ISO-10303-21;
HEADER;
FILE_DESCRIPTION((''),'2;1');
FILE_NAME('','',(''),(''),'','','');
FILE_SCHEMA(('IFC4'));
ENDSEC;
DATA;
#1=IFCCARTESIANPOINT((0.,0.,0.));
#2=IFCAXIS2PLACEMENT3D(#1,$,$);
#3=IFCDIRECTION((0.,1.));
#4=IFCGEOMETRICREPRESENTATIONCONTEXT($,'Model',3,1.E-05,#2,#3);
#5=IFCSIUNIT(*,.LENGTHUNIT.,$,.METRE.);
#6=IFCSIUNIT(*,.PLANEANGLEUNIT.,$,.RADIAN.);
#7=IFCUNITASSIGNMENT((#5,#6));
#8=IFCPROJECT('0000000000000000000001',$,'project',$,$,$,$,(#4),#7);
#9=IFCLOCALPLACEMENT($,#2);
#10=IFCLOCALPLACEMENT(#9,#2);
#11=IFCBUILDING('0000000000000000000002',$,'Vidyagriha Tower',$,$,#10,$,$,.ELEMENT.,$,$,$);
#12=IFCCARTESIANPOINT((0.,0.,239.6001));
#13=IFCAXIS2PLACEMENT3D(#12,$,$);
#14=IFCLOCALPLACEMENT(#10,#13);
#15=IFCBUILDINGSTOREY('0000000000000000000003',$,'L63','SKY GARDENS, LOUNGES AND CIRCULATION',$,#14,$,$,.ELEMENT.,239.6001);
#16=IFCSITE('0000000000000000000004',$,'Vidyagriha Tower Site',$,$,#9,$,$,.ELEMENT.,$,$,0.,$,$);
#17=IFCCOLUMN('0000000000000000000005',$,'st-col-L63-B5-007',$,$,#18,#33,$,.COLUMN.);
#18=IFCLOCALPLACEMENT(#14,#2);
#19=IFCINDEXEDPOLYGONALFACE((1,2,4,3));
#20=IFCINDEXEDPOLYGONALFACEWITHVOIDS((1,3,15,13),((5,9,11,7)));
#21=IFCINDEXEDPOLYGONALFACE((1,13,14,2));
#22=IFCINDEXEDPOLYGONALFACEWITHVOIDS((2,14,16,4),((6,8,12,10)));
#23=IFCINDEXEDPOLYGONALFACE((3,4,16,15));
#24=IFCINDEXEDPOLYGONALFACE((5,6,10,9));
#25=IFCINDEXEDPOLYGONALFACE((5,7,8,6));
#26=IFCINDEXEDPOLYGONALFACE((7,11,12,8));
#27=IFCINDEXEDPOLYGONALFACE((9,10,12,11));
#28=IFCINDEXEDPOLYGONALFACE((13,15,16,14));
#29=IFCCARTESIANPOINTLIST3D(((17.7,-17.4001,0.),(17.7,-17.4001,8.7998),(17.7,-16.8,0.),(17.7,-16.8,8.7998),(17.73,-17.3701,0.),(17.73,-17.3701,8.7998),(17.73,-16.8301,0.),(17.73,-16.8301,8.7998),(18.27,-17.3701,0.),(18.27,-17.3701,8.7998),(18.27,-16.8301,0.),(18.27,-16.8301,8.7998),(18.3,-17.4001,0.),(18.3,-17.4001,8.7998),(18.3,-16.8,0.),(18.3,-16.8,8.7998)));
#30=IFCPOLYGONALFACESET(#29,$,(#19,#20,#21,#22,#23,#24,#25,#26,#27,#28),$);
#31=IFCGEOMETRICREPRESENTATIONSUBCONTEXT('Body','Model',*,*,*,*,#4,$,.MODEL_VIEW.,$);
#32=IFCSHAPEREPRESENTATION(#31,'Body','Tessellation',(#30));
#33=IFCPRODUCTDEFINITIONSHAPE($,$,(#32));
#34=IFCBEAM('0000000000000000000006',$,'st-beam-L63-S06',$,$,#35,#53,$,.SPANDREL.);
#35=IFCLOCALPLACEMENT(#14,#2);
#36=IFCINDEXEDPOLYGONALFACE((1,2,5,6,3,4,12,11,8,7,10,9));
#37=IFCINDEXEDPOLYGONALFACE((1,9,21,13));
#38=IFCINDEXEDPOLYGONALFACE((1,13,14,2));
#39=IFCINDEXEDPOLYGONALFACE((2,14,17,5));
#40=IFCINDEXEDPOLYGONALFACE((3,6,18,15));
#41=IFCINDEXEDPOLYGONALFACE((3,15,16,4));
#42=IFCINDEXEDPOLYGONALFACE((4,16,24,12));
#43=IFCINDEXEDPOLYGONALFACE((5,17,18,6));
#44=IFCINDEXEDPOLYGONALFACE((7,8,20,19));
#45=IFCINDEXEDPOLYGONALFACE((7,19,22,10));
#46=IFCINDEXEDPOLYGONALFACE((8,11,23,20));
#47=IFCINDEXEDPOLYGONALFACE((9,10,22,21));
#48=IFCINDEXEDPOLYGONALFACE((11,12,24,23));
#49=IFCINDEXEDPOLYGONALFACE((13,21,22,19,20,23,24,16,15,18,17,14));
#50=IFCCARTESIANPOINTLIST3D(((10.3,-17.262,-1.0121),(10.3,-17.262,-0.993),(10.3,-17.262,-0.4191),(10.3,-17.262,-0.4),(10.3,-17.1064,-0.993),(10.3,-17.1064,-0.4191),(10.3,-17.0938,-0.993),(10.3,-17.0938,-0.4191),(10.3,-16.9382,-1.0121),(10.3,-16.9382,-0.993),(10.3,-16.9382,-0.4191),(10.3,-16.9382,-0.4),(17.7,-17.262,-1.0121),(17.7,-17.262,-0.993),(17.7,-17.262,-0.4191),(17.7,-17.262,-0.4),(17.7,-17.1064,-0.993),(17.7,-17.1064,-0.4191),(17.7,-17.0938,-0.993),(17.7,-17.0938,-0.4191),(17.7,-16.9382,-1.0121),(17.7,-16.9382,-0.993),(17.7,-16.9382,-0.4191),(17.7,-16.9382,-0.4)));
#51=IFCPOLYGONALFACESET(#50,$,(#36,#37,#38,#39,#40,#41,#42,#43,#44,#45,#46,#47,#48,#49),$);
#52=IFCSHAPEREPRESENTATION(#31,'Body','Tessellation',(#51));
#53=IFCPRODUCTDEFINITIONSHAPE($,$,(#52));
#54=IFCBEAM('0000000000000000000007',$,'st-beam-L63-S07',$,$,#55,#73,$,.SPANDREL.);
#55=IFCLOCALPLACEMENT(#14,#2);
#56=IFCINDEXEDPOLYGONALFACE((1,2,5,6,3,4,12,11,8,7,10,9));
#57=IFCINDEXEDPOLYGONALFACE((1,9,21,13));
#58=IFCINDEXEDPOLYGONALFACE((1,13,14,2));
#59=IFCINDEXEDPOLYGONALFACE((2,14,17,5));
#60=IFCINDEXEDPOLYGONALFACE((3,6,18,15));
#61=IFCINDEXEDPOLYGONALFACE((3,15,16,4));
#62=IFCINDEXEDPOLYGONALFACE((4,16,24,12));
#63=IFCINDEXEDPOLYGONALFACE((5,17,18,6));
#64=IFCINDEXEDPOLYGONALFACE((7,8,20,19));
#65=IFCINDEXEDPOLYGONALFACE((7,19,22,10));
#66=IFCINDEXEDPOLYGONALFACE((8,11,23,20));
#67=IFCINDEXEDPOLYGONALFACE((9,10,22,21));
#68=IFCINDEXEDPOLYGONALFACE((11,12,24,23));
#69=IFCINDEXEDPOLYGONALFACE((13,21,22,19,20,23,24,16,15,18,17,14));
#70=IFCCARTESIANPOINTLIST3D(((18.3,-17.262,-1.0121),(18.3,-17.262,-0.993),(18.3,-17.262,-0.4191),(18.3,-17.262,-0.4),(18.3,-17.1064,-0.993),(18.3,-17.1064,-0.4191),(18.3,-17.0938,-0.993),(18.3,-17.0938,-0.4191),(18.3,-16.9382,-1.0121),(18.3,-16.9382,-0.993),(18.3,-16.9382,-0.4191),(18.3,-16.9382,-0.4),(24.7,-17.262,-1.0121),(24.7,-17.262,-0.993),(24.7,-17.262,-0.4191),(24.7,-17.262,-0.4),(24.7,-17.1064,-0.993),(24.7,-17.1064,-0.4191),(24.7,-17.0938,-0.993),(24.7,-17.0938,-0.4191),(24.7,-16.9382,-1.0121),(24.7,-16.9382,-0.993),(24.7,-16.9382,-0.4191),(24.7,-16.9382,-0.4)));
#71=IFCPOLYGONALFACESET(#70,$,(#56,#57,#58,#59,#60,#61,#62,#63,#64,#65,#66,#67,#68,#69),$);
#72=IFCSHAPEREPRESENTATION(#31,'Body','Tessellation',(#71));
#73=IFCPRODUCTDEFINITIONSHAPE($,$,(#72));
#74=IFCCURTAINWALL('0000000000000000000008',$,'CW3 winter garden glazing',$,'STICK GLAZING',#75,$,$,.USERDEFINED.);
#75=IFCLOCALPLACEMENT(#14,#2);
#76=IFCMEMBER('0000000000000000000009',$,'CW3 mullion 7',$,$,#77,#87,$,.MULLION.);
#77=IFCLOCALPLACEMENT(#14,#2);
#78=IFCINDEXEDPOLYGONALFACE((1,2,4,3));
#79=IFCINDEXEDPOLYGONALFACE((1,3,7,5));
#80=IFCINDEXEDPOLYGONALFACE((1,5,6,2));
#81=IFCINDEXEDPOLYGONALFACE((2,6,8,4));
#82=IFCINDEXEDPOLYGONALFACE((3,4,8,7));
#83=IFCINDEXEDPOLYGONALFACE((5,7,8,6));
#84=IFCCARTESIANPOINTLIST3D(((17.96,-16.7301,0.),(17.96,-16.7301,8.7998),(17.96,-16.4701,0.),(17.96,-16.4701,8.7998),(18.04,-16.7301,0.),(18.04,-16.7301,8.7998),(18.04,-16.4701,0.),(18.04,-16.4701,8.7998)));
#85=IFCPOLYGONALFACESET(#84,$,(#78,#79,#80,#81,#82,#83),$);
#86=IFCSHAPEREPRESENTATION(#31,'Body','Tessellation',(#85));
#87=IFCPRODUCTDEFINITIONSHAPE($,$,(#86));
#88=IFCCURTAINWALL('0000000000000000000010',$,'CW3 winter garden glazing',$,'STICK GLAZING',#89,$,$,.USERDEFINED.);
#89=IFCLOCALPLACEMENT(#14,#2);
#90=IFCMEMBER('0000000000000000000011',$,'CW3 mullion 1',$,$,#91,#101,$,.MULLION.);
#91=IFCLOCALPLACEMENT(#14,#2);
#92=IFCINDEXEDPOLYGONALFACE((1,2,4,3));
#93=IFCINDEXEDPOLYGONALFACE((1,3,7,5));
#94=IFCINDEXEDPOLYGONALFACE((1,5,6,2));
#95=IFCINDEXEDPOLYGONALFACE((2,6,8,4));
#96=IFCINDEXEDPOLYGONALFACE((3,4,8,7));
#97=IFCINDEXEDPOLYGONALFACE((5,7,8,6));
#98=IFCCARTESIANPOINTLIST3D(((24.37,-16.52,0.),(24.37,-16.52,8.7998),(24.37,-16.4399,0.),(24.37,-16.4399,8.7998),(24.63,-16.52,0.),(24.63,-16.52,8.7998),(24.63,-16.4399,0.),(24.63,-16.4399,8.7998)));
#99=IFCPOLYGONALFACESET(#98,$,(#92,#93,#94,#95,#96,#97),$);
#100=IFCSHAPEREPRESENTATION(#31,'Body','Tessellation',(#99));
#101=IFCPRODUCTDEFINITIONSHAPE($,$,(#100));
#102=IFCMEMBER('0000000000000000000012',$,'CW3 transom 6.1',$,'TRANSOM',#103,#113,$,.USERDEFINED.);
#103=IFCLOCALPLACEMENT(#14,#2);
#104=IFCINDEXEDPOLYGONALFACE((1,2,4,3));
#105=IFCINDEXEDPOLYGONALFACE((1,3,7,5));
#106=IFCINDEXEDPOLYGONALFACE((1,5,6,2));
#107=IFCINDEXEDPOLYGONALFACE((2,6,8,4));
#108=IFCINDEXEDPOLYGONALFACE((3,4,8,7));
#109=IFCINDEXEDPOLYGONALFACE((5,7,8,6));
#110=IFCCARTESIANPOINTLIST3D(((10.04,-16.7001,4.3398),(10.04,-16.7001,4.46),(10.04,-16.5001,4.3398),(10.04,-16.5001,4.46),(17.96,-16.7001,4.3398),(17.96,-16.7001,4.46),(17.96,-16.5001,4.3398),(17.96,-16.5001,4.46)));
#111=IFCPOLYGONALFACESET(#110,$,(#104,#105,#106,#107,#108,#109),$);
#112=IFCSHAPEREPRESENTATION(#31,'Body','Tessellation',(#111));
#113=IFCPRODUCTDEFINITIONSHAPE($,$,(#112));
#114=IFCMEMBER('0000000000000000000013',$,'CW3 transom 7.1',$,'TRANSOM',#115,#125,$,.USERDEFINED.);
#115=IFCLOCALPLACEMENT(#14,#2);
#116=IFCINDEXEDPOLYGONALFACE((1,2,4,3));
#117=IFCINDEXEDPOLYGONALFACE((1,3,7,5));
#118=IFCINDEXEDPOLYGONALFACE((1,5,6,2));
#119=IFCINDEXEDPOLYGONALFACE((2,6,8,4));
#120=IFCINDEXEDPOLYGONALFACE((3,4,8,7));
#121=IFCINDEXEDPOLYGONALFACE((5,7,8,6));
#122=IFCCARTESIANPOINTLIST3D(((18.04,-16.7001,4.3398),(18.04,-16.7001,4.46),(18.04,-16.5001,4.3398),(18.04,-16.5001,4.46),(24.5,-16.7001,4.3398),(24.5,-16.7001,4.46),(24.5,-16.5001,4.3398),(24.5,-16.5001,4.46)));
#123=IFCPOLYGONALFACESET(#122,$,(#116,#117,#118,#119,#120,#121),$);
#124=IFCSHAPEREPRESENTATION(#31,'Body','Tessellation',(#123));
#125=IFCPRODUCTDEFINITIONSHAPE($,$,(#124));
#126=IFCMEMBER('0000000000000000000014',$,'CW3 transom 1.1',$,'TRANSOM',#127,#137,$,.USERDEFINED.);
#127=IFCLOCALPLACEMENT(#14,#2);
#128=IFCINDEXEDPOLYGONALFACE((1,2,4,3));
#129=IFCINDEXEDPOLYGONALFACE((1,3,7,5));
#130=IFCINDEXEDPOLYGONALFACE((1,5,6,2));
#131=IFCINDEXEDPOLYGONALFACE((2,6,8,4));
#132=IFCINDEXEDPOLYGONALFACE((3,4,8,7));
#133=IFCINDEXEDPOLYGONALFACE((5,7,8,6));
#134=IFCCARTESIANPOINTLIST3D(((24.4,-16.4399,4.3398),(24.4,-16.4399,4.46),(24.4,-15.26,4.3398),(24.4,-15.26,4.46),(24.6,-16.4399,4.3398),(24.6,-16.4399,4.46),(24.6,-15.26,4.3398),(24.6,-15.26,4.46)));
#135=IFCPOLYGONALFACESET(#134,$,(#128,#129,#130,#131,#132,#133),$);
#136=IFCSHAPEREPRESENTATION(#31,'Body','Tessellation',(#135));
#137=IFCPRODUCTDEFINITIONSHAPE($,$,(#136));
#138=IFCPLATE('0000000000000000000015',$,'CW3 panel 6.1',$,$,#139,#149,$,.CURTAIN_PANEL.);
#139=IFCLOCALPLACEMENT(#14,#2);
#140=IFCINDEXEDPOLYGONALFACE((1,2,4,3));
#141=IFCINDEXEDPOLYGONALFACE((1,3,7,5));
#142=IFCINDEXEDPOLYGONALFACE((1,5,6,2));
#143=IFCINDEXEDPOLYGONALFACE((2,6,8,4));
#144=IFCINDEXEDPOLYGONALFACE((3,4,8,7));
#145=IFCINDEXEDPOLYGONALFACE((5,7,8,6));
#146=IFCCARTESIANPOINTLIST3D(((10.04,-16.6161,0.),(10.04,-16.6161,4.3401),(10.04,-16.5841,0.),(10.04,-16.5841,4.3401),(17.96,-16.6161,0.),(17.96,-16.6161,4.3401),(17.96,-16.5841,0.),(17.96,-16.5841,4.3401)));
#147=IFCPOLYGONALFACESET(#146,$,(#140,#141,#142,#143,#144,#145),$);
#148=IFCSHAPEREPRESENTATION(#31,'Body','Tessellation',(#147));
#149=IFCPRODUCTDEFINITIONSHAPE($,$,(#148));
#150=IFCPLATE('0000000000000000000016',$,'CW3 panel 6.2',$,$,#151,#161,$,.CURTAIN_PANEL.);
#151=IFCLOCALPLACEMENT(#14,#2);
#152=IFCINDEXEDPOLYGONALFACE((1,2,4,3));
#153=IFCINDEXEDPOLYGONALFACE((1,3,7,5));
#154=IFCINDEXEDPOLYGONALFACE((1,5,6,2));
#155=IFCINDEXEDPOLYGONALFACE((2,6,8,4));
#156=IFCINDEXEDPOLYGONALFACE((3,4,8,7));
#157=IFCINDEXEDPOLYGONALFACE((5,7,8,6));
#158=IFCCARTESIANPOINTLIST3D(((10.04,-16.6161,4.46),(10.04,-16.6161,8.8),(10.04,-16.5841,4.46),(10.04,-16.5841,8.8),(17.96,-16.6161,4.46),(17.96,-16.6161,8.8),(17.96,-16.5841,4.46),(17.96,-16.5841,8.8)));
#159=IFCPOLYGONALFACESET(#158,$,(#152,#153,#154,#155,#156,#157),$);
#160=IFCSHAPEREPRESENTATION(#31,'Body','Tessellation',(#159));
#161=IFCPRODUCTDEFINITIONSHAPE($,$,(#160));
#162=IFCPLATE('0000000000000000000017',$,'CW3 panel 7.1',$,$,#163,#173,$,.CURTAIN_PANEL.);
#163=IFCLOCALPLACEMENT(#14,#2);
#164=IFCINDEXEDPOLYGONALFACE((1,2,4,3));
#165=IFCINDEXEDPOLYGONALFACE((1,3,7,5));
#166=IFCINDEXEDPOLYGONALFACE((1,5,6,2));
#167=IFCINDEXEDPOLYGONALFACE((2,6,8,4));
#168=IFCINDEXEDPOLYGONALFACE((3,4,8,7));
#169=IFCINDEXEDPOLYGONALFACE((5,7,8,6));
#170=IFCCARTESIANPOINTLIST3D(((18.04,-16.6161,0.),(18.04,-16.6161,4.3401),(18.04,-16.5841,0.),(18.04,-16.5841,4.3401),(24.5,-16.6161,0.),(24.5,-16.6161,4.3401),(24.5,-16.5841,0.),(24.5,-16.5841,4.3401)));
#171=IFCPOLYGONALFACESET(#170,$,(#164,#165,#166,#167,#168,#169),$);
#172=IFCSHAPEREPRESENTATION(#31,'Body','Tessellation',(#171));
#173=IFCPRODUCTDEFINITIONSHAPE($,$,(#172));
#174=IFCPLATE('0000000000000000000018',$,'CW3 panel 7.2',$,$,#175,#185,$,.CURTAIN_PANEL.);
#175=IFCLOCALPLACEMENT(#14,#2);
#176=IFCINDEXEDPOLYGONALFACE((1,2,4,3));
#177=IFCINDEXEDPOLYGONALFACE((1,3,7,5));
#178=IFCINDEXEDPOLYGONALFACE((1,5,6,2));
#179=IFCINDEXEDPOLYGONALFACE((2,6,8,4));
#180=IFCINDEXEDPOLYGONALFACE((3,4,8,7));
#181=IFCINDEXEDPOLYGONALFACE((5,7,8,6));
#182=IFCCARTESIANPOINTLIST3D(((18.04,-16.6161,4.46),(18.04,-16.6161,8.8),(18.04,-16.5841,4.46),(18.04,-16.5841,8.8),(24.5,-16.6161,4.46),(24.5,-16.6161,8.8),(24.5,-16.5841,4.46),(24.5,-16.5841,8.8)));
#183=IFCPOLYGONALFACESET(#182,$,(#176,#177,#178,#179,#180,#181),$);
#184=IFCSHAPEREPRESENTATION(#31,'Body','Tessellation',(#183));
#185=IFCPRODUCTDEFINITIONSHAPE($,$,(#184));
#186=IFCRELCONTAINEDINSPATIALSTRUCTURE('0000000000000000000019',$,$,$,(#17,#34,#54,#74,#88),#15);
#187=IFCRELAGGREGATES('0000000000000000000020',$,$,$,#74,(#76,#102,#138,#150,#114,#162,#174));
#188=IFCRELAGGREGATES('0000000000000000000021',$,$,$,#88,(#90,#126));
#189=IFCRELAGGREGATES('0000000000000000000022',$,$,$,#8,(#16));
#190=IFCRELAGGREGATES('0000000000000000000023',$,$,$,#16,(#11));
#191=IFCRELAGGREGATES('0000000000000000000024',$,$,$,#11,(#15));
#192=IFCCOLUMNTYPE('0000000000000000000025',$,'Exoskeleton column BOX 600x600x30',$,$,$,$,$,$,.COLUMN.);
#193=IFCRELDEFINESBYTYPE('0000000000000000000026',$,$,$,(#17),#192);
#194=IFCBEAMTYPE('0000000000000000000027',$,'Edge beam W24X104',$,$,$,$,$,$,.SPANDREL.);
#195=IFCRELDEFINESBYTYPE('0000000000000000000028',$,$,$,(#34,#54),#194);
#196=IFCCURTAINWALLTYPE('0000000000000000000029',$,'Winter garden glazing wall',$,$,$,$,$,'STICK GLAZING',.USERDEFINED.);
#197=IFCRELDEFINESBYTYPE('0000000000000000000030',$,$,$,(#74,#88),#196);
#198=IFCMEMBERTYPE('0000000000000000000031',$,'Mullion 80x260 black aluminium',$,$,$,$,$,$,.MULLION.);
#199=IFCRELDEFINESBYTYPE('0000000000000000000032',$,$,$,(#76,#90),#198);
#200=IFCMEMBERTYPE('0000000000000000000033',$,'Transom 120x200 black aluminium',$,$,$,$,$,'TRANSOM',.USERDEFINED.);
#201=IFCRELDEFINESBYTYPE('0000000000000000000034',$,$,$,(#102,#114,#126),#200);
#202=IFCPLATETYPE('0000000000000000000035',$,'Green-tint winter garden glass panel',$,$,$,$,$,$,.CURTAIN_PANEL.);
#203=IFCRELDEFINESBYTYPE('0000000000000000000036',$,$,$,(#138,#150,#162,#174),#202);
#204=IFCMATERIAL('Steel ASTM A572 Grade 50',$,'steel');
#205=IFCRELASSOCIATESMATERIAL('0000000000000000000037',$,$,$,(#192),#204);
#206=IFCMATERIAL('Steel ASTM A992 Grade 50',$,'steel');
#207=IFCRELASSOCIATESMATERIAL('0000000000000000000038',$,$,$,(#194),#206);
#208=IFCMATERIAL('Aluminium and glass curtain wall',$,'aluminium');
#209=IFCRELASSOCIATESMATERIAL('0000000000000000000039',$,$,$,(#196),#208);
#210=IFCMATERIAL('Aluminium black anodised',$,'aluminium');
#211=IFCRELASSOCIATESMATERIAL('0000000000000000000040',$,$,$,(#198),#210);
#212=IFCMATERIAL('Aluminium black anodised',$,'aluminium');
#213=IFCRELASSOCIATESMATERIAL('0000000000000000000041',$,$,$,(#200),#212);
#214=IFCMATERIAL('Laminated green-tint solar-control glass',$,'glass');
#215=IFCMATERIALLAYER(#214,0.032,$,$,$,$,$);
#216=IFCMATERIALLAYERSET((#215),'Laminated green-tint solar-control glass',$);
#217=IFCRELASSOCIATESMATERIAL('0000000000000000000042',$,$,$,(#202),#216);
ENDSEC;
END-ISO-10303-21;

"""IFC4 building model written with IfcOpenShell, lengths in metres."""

from ifc_helpers import new_model, si_unit, direction, frame, origin, origin_2d, place, context, subcontext, project, spatial, rectangle, hollow_rectangle, i_section, extrude, material, layer, layer_set, material_profile, profile_set, type_object, element, aggregate, save


model = new_model("IFC4")

# Units and contexts
model_context = context("Model", 3, precision=1e-05, world=origin(), true_north=direction((0.0, 1.0)))
body_context = subcontext(model_context, "Body", "Model", "MODEL_VIEW")
ifc_project = project(units=[si_unit("LENGTHUNIT", "METRE"), si_unit("PLANEANGLEUNIT", "RADIAN")], contexts=[model_context])

# Site, building, storey
site_placement = place(None, origin())
site = spatial("IfcSite", under=ifc_project, at=site_placement, Name="Vidyagriha Tower Site", CompositionType="ELEMENT", RefElevation=0.0)
building_placement = place(site_placement, origin())
building = spatial("IfcBuilding", under=site, at=building_placement, Name="Vidyagriha Tower", CompositionType="ELEMENT")
storey_placement = place(building_placement, frame((0.0, 0.0, 239.6001)))
storey = spatial("IfcBuildingStorey", under=building, at=storey_placement, Name="L63", Description="SKY GARDENS, LOUNGES AND CIRCULATION", CompositionType="ELEMENT", Elevation=239.6001)

# Column
ifc_material_1 = material(Name="Steel ASTM A572 Grade 50", Category="steel")
ifc_material_profile_1 = material_profile(ifc_material_1, hollow_rectangle(XDim=0.6001, YDim=0.6001, WallThickness=0.03, at=origin_2d()), Name="BOX 600x600x30")
ifc_profile_set_1 = profile_set([ifc_material_profile_1], Name="Steel ASTM A572 Grade 50")
column_type = type_object("IfcColumnType", Name="Exoskeleton column BOX 600x600x30", PredefinedType="COLUMN", material=ifc_profile_set_1)
column_placement = place(storey_placement, frame((18.0, -17.1001, 0.0)))
element("IfcColumn", 1, at=column_placement, inside=storey, type_object=column_type, Name="st-col-L63-B5-007", PredefinedType="COLUMN", context=body_context, shape_type="SweptSolid", body=[
    extrude(hollow_rectangle(XDim=0.6001, YDim=0.6001, WallThickness=0.03, at=origin_2d()), origin(), (0.0, 0.0, 1.0), 8.7998),
])

# Beams
ifc_material_2 = material(Name="Steel ASTM A992 Grade 50", Category="steel")
ifc_material_profile_2 = material_profile(ifc_material_2, i_section(OverallWidth=0.3237, OverallDepth=0.6121, WebThickness=0.0127, FlangeThickness=0.019, at=origin_2d()), Name="W24X104")
ifc_profile_set_2 = profile_set([ifc_material_profile_2], Name="Steel ASTM A992 Grade 50")
beam_type = type_object("IfcBeamType", Name="Edge beam W24X104", PredefinedType="SPANDREL", material=ifc_profile_set_2)
beam_1_placement = place(storey_placement, frame((10.3, -17.1001, -0.7061), z_axis=(1.0, 0.0, 0.0), x_axis=(0.0, 1.0, 0.0)))
element("IfcBeam", 2, at=beam_1_placement, inside=storey, type_object=beam_type, Name="st-beam-L63-S06", PredefinedType="SPANDREL", context=body_context, shape_type="SweptSolid", body=[
    extrude(i_section(OverallWidth=0.3237, OverallDepth=0.6121, WebThickness=0.0127, FlangeThickness=0.019, at=origin_2d()), origin(), (0.0, 0.0, 1.0), 7.3999),
])
beam_2_placement = place(storey_placement, frame((18.3, -17.1001, -0.7061), z_axis=(1.0, 0.0, 0.0), x_axis=(0.0, 1.0, 0.0)))
element("IfcBeam", 3, at=beam_2_placement, inside=storey, type_object=beam_type, Name="st-beam-L63-S07", PredefinedType="SPANDREL", context=body_context, shape_type="SweptSolid", body=[
    extrude(i_section(OverallWidth=0.3237, OverallDepth=0.6121, WebThickness=0.0127, FlangeThickness=0.019, at=origin_2d()), origin(), (0.0, 0.0, 1.0), 6.3999),
])

# Curtain walls, members
ifc_material_3 = material(Name="Aluminium and glass curtain wall", Category="aluminium")
curtain_wall_type = type_object("IfcCurtainWallType", Name="Winter garden glazing wall", ElementType="STICK GLAZING", PredefinedType="USERDEFINED", material=ifc_material_3)
curtain_wall_1_placement = place(storey_placement, origin())
curtain_wall_1 = element("IfcCurtainWall", 4, at=curtain_wall_1_placement, inside=storey, type_object=curtain_wall_type, Name="CW3 winter garden glazing", ObjectType="STICK GLAZING", PredefinedType="USERDEFINED")
ifc_material_4 = material(Name="Aluminium black anodised", Category="aluminium")
ifc_material_profile_3 = material_profile(ifc_material_4, rectangle(XDim=0.26, YDim=0.0801, at=origin_2d()), Name="Mullion 80x260 black aluminium")
ifc_profile_set_3 = profile_set([ifc_material_profile_3], Name="Aluminium black anodised")
member_type_1 = type_object("IfcMemberType", Name="Mullion 80x260 black aluminium", PredefinedType="MULLION", material=ifc_profile_set_3)
member_1_placement = place(storey_placement, frame((18.0, -16.6001, 0.0), z_axis=(0.0, 0.0, 1.0), x_axis=(0.0, 1.0, 0.0)))
member_1 = element("IfcMember", 5, at=member_1_placement, type_object=member_type_1, Name="CW3 mullion 7", PredefinedType="MULLION", context=body_context, shape_type="SweptSolid", body=[
    extrude(rectangle(XDim=0.26, YDim=0.0801, at=origin_2d()), origin(), (0.0, 0.0, 1.0), 8.7998),
])
curtain_wall_2_placement = place(storey_placement, origin())
curtain_wall_2 = element("IfcCurtainWall", 6, at=curtain_wall_2_placement, inside=storey, type_object=curtain_wall_type, Name="CW3 winter garden glazing", ObjectType="STICK GLAZING", PredefinedType="USERDEFINED")
member_2_placement = place(storey_placement, frame((24.5, -16.48, 0.0), z_axis=(0.0, 0.0, 1.0), x_axis=(-1.0, 0.0, 0.0)))
member_2 = element("IfcMember", 7, at=member_2_placement, type_object=member_type_1, Name="CW3 mullion 1", PredefinedType="MULLION", context=body_context, shape_type="SweptSolid", body=[
    extrude(rectangle(XDim=0.26, YDim=0.0801, at=origin_2d()), origin(), (0.0, 0.0, 1.0), 8.7998),
])

# Members
ifc_material_5 = material(Name="Aluminium black anodised", Category="aluminium")
ifc_material_profile_4 = material_profile(ifc_material_5, rectangle(XDim=0.2, YDim=0.1201, at=origin_2d()), Name="Transom 120x200 black aluminium")
ifc_profile_set_4 = profile_set([ifc_material_profile_4], Name="Aluminium black anodised")
member_type_2 = type_object("IfcMemberType", Name="Transom 120x200 black aluminium", ElementType="TRANSOM", PredefinedType="USERDEFINED", material=ifc_profile_set_4)
member_3_placement = place(storey_placement, frame((10.04, -16.6001, 4.3999), z_axis=(1.0, 0.0, 0.0), x_axis=(0.0, 1.0, 0.0)))
member_3 = element("IfcMember", 8, at=member_3_placement, type_object=member_type_2, Name="CW3 transom 6.1", ObjectType="TRANSOM", PredefinedType="USERDEFINED", context=body_context, shape_type="SweptSolid", body=[
    extrude(rectangle(XDim=0.2, YDim=0.1201, at=origin_2d()), origin(), (0.0, 0.0, 1.0), 7.9199),
])
member_4_placement = place(storey_placement, frame((18.04, -16.6001, 4.3999), z_axis=(1.0, 0.0, 0.0), x_axis=(0.0, 1.0, 0.0)))
member_4 = element("IfcMember", 9, at=member_4_placement, type_object=member_type_2, Name="CW3 transom 7.1", ObjectType="TRANSOM", PredefinedType="USERDEFINED", context=body_context, shape_type="SweptSolid", body=[
    extrude(rectangle(XDim=0.2, YDim=0.1201, at=origin_2d()), origin(), (0.0, 0.0, 1.0), 6.46),
])
member_5_placement = place(storey_placement, frame((24.5, -16.4399, 4.3999), z_axis=(0.0, 1.0, 0.0), x_axis=(-1.0, 0.0, 0.0)))
member_5 = element("IfcMember", 10, at=member_5_placement, type_object=member_type_2, Name="CW3 transom 1.1", ObjectType="TRANSOM", PredefinedType="USERDEFINED", context=body_context, shape_type="SweptSolid", body=[
    extrude(rectangle(XDim=0.2, YDim=0.1201, at=origin_2d()), origin(), (0.0, 0.0, 1.0), 1.1799),
])

# Plates
ifc_material_6 = material(Name="Laminated green-tint solar-control glass", Category="glass")
ifc_layer = layer(ifc_material_6, 0.032)
ifc_layer_set = layer_set([ifc_layer], Name="Laminated green-tint solar-control glass")
plate_type = type_object("IfcPlateType", Name="Green-tint winter garden glass panel", PredefinedType="CURTAIN_PANEL", material=ifc_layer_set)
plate_1_placement = place(storey_placement, frame((14.0, -16.6001, 0.0)))
plate_1 = element("IfcPlate", 11, at=plate_1_placement, type_object=plate_type, Name="CW3 panel 6.1", PredefinedType="CURTAIN_PANEL", context=body_context, shape_type="SweptSolid", body=[
    extrude(rectangle(XDim=7.9199, YDim=0.032, at=origin_2d()), origin(), (0.0, 0.0, 1.0), 4.3401),
])
plate_2_placement = place(storey_placement, frame((14.0, -16.6001, 4.46)))
plate_2 = element("IfcPlate", 12, at=plate_2_placement, type_object=plate_type, Name="CW3 panel 6.2", PredefinedType="CURTAIN_PANEL", context=body_context, shape_type="SweptSolid", body=[
    extrude(rectangle(XDim=7.9199, YDim=0.032, at=origin_2d()), origin(), (0.0, 0.0, 1.0), 4.3401),
])
plate_3_placement = place(storey_placement, frame((21.27, -16.6001, 0.0)))
plate_3 = element("IfcPlate", 13, at=plate_3_placement, type_object=plate_type, Name="CW3 panel 7.1", PredefinedType="CURTAIN_PANEL", context=body_context, shape_type="SweptSolid", body=[
    extrude(rectangle(XDim=6.46, YDim=0.032, at=origin_2d()), origin(), (0.0, 0.0, 1.0), 4.3401),
])
plate_4_placement = place(storey_placement, frame((21.27, -16.6001, 4.46)))
plate_4 = element("IfcPlate", 14, at=plate_4_placement, type_object=plate_type, Name="CW3 panel 7.2", PredefinedType="CURTAIN_PANEL", context=body_context, shape_type="SweptSolid", body=[
    extrude(rectangle(XDim=6.46, YDim=0.032, at=origin_2d()), origin(), (0.0, 0.0, 1.0), 4.3401),
])
aggregate(curtain_wall_1, [member_1, member_3, plate_1, plate_2, member_4, plate_3, plate_4])
aggregate(curtain_wall_2, [member_2, member_5])

save(model, "model.ifc")
